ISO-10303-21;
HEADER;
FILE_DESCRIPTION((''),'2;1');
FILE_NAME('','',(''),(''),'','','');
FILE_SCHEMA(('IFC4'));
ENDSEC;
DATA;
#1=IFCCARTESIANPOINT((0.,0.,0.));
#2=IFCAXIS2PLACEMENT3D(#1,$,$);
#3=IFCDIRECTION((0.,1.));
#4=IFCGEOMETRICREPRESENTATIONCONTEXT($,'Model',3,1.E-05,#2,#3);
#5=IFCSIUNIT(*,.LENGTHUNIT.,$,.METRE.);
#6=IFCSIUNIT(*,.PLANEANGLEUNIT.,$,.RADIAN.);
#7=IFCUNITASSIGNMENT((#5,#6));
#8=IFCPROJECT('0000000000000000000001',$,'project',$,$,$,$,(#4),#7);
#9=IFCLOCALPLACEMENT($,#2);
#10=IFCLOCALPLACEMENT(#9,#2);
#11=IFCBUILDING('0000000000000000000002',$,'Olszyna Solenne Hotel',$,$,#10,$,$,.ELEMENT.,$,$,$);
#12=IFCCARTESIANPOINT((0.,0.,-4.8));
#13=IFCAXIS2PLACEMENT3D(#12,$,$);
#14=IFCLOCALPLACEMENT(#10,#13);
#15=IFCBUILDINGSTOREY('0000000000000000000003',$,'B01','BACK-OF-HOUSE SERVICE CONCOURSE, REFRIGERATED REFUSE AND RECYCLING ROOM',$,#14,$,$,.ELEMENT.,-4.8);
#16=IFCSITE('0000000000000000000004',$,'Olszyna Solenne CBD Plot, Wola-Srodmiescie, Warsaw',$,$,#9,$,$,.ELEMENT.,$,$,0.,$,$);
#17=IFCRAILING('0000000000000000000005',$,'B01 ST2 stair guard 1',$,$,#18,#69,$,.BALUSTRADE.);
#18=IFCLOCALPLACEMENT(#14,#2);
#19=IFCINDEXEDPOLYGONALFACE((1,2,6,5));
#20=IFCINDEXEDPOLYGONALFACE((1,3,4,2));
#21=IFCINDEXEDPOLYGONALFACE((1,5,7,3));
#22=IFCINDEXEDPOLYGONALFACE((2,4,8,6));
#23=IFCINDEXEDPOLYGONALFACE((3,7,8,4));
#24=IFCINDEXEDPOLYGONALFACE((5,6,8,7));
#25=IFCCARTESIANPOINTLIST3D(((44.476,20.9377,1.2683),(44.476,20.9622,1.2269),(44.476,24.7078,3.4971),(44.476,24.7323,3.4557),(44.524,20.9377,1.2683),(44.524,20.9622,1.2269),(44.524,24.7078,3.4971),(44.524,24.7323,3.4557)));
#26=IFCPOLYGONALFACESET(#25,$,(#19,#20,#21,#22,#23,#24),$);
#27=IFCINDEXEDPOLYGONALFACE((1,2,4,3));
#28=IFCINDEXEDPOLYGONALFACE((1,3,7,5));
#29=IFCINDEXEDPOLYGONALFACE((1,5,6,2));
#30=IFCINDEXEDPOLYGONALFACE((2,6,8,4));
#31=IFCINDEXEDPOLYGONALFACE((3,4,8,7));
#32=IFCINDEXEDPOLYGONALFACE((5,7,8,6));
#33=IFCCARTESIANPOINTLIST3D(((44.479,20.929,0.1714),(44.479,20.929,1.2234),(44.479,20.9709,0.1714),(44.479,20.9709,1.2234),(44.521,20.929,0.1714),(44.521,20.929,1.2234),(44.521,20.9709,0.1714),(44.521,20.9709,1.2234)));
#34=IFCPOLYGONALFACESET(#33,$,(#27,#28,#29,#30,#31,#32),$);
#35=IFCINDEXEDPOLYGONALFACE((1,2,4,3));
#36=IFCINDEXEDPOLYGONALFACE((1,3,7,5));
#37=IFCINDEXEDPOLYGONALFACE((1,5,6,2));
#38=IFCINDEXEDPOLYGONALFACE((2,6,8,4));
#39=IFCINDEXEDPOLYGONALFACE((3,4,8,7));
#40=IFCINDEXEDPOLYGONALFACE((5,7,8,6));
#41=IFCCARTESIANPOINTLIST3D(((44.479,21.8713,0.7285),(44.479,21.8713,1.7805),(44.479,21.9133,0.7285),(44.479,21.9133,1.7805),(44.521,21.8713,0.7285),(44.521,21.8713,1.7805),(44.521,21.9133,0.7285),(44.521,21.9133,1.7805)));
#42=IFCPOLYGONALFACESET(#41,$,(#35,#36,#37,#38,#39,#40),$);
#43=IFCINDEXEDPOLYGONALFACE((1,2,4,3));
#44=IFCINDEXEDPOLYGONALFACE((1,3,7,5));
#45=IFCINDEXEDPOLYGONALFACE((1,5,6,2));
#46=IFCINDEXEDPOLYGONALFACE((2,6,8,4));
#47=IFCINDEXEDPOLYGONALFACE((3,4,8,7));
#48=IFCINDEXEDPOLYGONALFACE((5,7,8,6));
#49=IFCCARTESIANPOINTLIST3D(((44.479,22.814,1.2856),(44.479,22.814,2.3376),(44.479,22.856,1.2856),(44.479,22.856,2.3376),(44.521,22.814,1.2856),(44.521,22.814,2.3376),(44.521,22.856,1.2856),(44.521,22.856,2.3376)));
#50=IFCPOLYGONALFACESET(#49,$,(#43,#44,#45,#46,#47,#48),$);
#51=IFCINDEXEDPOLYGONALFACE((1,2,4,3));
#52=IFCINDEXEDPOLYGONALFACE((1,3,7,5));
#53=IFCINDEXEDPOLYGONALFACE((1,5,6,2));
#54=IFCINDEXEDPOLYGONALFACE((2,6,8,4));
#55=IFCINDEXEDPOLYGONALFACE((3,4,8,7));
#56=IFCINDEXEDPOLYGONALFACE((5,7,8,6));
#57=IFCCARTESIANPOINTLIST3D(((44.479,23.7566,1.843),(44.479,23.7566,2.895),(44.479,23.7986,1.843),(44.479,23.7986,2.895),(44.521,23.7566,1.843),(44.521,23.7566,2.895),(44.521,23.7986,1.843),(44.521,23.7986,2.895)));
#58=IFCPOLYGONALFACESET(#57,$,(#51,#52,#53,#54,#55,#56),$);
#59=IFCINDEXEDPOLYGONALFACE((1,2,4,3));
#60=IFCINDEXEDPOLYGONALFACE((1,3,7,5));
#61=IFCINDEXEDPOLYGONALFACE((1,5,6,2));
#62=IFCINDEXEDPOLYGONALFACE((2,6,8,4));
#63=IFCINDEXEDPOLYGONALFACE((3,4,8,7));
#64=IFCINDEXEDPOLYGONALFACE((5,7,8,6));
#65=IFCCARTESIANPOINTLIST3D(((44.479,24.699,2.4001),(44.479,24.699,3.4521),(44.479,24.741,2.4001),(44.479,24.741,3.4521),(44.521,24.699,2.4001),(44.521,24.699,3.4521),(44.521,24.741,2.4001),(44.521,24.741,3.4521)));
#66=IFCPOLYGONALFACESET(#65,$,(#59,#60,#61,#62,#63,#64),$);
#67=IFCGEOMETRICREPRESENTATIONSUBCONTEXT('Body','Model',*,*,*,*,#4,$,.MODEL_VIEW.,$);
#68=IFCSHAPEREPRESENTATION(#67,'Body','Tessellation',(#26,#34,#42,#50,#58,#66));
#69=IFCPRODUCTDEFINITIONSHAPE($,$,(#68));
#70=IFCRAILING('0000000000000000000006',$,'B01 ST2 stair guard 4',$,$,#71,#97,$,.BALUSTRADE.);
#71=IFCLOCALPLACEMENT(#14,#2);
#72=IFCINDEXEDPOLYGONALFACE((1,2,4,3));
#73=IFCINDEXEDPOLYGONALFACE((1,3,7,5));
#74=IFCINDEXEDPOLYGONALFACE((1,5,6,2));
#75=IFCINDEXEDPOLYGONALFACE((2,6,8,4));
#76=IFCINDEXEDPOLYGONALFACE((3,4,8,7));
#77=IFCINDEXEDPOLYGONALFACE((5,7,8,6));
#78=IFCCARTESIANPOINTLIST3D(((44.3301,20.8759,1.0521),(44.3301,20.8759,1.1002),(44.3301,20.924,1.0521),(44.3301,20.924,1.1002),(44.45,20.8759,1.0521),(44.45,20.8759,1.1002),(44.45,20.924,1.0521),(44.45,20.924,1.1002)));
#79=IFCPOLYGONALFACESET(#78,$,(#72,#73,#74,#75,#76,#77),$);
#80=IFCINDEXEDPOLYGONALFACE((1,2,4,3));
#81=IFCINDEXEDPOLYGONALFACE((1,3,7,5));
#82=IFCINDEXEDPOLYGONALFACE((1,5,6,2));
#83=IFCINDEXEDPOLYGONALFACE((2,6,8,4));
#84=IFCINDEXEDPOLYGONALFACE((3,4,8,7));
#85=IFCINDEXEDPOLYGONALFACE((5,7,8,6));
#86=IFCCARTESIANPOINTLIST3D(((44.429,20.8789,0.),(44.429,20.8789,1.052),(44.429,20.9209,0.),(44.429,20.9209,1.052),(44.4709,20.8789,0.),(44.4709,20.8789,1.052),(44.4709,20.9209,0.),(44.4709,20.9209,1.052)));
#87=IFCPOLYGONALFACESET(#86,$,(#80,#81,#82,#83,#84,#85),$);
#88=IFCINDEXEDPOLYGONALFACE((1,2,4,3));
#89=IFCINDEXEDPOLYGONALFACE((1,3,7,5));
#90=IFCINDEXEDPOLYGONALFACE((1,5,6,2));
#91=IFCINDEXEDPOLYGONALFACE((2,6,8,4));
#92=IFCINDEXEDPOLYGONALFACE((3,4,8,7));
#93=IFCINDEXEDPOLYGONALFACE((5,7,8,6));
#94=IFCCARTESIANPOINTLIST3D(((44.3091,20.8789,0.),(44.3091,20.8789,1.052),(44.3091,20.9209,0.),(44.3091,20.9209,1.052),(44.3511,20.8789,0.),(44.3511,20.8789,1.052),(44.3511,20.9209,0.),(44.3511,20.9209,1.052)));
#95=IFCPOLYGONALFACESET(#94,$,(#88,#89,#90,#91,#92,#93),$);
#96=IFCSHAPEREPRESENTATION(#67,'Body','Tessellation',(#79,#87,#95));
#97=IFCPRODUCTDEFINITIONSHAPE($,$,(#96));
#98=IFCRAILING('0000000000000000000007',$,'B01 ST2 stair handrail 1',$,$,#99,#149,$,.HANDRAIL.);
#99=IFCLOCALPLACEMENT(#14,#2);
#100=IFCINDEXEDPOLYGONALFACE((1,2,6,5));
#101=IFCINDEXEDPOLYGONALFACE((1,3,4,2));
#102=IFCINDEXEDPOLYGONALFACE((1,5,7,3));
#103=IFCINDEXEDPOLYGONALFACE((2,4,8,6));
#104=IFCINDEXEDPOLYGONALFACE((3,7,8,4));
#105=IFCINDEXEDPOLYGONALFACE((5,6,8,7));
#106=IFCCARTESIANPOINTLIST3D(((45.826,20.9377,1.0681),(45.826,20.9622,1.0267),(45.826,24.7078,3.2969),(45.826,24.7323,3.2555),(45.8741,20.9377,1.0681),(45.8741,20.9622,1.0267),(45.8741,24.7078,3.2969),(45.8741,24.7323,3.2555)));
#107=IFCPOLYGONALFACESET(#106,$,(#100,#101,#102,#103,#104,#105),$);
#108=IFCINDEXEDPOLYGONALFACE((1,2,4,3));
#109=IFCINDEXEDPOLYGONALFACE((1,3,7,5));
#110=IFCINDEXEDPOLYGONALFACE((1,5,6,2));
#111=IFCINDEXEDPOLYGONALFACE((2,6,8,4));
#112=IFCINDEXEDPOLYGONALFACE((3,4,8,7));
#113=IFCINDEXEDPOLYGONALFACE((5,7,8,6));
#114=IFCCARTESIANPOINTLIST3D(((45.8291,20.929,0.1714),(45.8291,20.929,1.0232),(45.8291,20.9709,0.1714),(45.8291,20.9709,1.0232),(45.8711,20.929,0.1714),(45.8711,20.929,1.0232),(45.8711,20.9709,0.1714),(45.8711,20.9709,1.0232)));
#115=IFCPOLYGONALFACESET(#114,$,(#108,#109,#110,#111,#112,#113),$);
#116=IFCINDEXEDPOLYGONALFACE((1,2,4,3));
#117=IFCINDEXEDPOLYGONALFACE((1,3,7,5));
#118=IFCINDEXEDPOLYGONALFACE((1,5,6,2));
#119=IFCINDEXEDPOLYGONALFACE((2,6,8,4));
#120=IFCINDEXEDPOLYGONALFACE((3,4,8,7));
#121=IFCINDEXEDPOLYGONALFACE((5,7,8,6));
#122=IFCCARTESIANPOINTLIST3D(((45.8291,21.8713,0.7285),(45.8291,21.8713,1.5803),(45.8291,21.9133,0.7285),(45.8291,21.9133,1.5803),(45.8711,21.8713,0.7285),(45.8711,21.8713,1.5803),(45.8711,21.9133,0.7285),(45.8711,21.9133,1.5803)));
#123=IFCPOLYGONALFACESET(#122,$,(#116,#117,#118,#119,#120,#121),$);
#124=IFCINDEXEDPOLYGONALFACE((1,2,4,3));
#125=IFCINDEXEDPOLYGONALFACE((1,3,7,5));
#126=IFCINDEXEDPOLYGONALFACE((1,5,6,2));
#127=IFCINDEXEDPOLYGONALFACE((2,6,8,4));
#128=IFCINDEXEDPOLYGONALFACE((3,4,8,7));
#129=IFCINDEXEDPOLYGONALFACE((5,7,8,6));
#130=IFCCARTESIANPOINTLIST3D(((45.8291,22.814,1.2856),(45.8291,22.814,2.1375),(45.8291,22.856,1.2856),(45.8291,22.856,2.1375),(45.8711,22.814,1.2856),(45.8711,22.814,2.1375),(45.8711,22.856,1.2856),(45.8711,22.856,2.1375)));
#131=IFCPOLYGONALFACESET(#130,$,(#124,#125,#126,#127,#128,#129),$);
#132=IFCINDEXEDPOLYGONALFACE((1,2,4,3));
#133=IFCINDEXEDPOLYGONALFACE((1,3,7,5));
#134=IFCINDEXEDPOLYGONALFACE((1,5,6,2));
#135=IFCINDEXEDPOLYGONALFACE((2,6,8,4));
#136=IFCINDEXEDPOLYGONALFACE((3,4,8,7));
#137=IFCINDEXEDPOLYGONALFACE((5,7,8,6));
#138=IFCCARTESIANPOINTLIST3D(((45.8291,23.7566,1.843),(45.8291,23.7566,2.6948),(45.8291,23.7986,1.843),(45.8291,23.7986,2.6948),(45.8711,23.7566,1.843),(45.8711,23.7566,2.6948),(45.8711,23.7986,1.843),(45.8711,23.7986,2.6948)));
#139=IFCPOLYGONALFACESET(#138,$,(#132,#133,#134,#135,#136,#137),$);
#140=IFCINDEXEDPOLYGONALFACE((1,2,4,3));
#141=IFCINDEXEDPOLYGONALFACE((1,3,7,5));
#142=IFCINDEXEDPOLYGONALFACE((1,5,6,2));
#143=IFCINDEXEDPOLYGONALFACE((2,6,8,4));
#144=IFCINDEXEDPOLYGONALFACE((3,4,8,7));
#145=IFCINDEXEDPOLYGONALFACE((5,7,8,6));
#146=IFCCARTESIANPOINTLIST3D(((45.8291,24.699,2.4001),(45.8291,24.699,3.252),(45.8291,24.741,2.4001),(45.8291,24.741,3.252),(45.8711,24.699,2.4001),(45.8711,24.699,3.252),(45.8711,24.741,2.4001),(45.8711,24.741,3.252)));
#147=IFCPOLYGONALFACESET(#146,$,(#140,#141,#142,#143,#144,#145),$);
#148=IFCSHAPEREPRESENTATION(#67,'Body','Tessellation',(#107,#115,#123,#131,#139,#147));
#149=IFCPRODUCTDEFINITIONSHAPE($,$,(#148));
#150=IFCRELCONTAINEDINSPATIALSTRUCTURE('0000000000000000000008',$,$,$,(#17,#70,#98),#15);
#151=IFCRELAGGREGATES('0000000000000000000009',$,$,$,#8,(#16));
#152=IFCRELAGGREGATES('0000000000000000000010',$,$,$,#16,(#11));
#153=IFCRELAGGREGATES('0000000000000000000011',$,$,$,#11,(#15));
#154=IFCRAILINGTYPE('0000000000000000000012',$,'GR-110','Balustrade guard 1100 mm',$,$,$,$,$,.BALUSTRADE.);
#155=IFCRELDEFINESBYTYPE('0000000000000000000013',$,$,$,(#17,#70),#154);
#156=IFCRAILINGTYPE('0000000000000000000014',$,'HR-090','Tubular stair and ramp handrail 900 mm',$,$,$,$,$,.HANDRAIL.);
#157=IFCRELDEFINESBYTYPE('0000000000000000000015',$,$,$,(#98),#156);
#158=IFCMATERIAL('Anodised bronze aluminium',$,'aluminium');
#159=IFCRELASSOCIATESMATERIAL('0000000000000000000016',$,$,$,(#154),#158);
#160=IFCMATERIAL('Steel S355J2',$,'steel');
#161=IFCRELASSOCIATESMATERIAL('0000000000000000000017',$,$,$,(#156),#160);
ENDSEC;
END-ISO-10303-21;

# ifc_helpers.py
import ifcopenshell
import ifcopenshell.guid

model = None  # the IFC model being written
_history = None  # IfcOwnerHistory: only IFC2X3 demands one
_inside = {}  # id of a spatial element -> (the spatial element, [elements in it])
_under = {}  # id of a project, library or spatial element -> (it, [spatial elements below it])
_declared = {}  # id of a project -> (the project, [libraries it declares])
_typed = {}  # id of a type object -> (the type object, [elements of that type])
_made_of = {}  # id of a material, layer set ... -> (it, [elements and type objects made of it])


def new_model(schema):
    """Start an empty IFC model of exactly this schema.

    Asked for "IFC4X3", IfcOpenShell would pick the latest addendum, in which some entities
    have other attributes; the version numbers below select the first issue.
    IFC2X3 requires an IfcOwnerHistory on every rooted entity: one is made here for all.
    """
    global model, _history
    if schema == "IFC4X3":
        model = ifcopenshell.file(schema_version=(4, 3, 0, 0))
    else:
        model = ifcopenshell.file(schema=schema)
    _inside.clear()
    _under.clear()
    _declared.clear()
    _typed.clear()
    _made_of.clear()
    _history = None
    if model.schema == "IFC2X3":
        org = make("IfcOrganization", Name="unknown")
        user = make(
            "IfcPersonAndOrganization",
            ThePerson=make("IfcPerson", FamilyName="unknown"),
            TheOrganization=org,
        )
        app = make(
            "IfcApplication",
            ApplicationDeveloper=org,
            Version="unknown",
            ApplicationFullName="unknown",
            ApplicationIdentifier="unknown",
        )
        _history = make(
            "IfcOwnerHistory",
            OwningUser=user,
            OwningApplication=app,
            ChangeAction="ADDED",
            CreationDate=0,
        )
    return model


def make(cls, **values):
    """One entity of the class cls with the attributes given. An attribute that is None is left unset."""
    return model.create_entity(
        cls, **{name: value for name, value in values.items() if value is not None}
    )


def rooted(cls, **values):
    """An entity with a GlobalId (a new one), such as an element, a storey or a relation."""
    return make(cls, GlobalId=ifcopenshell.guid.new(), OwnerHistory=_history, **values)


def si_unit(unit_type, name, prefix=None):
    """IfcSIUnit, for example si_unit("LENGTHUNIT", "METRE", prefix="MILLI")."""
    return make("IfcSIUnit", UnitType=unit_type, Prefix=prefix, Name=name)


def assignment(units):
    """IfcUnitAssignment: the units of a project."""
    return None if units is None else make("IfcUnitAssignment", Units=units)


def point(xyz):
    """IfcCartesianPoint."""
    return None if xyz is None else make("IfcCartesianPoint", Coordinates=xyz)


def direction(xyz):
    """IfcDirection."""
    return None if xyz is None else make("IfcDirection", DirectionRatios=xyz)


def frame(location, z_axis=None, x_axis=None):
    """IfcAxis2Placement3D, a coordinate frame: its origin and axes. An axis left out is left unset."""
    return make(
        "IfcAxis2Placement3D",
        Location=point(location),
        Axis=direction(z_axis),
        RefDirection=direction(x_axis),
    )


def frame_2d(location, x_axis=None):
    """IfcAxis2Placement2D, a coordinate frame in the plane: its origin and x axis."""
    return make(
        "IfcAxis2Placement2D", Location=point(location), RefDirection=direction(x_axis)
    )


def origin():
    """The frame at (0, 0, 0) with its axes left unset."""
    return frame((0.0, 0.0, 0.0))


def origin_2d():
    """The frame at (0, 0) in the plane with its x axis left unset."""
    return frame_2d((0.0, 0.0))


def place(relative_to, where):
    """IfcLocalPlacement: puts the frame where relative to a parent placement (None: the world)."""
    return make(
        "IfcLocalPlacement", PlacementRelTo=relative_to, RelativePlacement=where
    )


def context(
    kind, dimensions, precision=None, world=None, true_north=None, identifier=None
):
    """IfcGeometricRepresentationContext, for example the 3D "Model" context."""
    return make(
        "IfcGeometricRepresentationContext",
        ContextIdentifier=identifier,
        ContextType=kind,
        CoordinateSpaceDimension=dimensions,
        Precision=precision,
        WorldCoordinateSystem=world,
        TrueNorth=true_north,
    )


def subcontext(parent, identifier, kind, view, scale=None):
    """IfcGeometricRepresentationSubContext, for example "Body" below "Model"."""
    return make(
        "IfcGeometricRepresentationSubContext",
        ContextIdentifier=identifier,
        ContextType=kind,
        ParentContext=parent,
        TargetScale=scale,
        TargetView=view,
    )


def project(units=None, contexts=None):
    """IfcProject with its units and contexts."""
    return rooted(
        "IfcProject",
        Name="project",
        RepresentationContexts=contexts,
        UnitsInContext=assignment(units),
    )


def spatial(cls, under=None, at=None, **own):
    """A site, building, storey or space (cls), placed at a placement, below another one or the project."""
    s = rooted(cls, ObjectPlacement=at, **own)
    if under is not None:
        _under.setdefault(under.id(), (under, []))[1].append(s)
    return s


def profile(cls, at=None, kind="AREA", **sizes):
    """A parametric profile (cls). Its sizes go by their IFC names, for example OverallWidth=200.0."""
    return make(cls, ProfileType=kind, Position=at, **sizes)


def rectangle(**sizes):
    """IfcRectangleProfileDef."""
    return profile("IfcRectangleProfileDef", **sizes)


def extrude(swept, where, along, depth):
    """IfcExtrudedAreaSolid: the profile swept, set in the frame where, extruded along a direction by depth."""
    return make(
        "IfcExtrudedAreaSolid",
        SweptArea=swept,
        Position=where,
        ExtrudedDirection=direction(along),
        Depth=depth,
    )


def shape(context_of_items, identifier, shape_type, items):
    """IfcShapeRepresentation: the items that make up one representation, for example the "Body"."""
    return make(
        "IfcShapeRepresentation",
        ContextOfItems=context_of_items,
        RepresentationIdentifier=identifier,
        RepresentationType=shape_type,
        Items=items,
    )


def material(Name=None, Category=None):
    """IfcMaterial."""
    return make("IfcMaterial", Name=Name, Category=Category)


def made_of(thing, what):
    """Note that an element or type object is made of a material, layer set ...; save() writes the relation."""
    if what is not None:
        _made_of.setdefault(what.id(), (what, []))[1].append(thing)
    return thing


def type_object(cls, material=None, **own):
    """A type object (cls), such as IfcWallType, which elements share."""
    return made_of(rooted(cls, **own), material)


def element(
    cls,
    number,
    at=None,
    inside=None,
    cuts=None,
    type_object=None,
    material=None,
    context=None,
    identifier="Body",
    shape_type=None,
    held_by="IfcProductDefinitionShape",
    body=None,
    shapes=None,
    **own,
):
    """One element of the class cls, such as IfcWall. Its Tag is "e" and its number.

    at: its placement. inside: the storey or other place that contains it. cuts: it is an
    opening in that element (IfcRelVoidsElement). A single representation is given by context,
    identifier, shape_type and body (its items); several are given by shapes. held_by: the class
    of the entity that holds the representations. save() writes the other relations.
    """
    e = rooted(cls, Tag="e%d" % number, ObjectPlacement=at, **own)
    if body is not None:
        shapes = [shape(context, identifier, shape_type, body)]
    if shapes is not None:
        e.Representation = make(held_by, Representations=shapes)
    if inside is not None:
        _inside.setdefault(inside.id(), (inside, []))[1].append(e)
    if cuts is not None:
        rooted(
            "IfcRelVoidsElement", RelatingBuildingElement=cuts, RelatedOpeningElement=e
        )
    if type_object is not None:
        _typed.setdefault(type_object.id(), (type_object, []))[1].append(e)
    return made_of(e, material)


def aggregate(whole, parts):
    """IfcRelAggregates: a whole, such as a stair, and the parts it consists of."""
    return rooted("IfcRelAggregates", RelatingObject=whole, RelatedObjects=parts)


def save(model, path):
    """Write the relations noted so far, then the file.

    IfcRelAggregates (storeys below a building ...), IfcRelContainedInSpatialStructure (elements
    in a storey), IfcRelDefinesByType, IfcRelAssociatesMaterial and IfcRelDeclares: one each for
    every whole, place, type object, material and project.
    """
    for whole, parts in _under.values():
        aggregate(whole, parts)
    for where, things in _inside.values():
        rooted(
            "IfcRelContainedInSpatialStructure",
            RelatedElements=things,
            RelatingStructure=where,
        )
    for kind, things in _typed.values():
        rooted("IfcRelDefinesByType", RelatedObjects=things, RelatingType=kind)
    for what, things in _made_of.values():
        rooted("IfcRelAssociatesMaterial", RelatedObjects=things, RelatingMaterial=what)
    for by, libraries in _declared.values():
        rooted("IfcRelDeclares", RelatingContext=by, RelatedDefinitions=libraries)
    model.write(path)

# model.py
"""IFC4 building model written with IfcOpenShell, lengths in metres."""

from ifc_helpers import new_model, si_unit, direction, frame, origin, origin_2d, place, context, subcontext, project, spatial, rectangle, extrude, material, type_object, element, save


model = new_model("IFC4")

# Units and contexts
model_context = context("Model", 3, precision=1e-05, world=origin(), true_north=direction((0.0, 1.0)))
body_context = subcontext(model_context, "Body", "Model", "MODEL_VIEW")
ifc_project = project(units=[si_unit("LENGTHUNIT", "METRE"), si_unit("PLANEANGLEUNIT", "RADIAN")], contexts=[model_context])

# Site, building, storey
site_placement = place(None, origin())
site = spatial("IfcSite", under=ifc_project, at=site_placement, Name="Olszyna Solenne CBD Plot, Wola-Srodmiescie, Warsaw", CompositionType="ELEMENT", RefElevation=0.0)
building_placement = place(site_placement, origin())
building = spatial("IfcBuilding", under=site, at=building_placement, Name="Olszyna Solenne Hotel", CompositionType="ELEMENT")
storey_placement = place(building_placement, frame((0.0, 0.0, -4.8)))
storey = spatial("IfcBuildingStorey", under=building, at=storey_placement, Name="B01", Description="BACK-OF-HOUSE SERVICE CONCOURSE, REFRIGERATED REFUSE AND RECYCLING ROOM", CompositionType="ELEMENT", Elevation=-4.8)

# Shared definitions
ifc_material_1 = material(Name="Steel S355J2", Category="steel")

# Railings
ifc_material_2 = material(Name="Anodised bronze aluminium", Category="aluminium")
railing_type_1 = type_object("IfcRailingType", Name="GR-110", Description="Balustrade guard 1100 mm", PredefinedType="BALUSTRADE", material=ifc_material_2)
railing_1_placement = place(storey_placement, frame((44.5, 20.95, 0.1714)))
element("IfcRailing", 1, at=railing_1_placement, inside=storey, type_object=railing_type_1, Name="B01 ST2 stair guard 1", PredefinedType="BALUSTRADE", context=body_context, shape_type="SweptSolid", body=[
    extrude(rectangle(XDim=0.0481, YDim=0.0481, at=origin_2d()), frame((0.0, 0.0, 1.0762), z_axis=(0.0, 0.860824, 0.508902), x_axis=(-1.0, 0.0, 0.0)), (0.0, 0.0, 1.0), 4.3796),
    extrude(rectangle(XDim=0.042, YDim=0.042, at=origin_2d()), origin(), (0.0, 0.0, 1.0), 1.052),
    extrude(rectangle(XDim=0.042, YDim=0.042, at=origin_2d()), frame((0.0, 0.9424, 0.5571)), (0.0, 0.0, 1.0), 1.052),
    extrude(rectangle(XDim=0.042, YDim=0.042, at=origin_2d()), frame((0.0, 1.885, 1.1143)), (0.0, 0.0, 1.0), 1.052),
    extrude(rectangle(XDim=0.042, YDim=0.042, at=origin_2d()), frame((0.0, 2.8276, 1.6716)), (0.0, 0.0, 1.0), 1.052),
    extrude(rectangle(XDim=0.042, YDim=0.042, at=origin_2d()), frame((0.0, 3.77, 2.2288)), (0.0, 0.0, 1.0), 1.052),
])
railing_2_placement = place(storey_placement, frame((44.45, 20.8999, 0.0)))
element("IfcRailing", 2, at=railing_2_placement, inside=storey, type_object=railing_type_1, Name="B01 ST2 stair guard 4", PredefinedType="BALUSTRADE", context=body_context, shape_type="SweptSolid", body=[
    extrude(rectangle(XDim=0.0481, YDim=0.0481, at=origin_2d()), frame((0.0, 0.0, 1.0762), z_axis=(-1.0, 0.0, 0.0), x_axis=(0.0, -1.0, 0.0)), (0.0, 0.0, 1.0), 0.1199),
    extrude(rectangle(XDim=0.042, YDim=0.042, at=origin_2d()), origin(), (0.0, 0.0, 1.0), 1.052),
    extrude(rectangle(XDim=0.042, YDim=0.042, at=origin_2d()), frame((-0.1199, 0.0, 0.0)), (0.0, 0.0, 1.0), 1.052),
])
railing_type_2 = type_object("IfcRailingType", Name="HR-090", Description="Tubular stair and ramp handrail 900 mm", PredefinedType="HANDRAIL", material=ifc_material_1)
railing_3_placement = place(storey_placement, frame((45.8501, 20.95, 0.1714)))
element("IfcRailing", 3, at=railing_3_placement, inside=storey, type_object=railing_type_2, Name="B01 ST2 stair handrail 1", PredefinedType="HANDRAIL", context=body_context, shape_type="SweptSolid", body=[
    extrude(rectangle(XDim=0.0481, YDim=0.0481, at=origin_2d()), frame((0.0, 0.0, 0.876), z_axis=(0.0, 0.860824, 0.508902), x_axis=(-1.0, 0.0, 0.0)), (0.0, 0.0, 1.0), 4.3796),
    extrude(rectangle(XDim=0.042, YDim=0.042, at=origin_2d()), origin(), (0.0, 0.0, 1.0), 0.8518),
    extrude(rectangle(XDim=0.042, YDim=0.042, at=origin_2d()), frame((0.0, 0.9424, 0.5571)), (0.0, 0.0, 1.0), 0.8518),
    extrude(rectangle(XDim=0.042, YDim=0.042, at=origin_2d()), frame((0.0, 1.885, 1.1143)), (0.0, 0.0, 1.0), 0.8518),
    extrude(rectangle(XDim=0.042, YDim=0.042, at=origin_2d()), frame((0.0, 2.8276, 1.6716)), (0.0, 0.0, 1.0), 0.8518),
    extrude(rectangle(XDim=0.042, YDim=0.042, at=origin_2d()), frame((0.0, 3.77, 2.2288)), (0.0, 0.0, 1.0), 0.8518),
])

save(model, "model.ifc")
